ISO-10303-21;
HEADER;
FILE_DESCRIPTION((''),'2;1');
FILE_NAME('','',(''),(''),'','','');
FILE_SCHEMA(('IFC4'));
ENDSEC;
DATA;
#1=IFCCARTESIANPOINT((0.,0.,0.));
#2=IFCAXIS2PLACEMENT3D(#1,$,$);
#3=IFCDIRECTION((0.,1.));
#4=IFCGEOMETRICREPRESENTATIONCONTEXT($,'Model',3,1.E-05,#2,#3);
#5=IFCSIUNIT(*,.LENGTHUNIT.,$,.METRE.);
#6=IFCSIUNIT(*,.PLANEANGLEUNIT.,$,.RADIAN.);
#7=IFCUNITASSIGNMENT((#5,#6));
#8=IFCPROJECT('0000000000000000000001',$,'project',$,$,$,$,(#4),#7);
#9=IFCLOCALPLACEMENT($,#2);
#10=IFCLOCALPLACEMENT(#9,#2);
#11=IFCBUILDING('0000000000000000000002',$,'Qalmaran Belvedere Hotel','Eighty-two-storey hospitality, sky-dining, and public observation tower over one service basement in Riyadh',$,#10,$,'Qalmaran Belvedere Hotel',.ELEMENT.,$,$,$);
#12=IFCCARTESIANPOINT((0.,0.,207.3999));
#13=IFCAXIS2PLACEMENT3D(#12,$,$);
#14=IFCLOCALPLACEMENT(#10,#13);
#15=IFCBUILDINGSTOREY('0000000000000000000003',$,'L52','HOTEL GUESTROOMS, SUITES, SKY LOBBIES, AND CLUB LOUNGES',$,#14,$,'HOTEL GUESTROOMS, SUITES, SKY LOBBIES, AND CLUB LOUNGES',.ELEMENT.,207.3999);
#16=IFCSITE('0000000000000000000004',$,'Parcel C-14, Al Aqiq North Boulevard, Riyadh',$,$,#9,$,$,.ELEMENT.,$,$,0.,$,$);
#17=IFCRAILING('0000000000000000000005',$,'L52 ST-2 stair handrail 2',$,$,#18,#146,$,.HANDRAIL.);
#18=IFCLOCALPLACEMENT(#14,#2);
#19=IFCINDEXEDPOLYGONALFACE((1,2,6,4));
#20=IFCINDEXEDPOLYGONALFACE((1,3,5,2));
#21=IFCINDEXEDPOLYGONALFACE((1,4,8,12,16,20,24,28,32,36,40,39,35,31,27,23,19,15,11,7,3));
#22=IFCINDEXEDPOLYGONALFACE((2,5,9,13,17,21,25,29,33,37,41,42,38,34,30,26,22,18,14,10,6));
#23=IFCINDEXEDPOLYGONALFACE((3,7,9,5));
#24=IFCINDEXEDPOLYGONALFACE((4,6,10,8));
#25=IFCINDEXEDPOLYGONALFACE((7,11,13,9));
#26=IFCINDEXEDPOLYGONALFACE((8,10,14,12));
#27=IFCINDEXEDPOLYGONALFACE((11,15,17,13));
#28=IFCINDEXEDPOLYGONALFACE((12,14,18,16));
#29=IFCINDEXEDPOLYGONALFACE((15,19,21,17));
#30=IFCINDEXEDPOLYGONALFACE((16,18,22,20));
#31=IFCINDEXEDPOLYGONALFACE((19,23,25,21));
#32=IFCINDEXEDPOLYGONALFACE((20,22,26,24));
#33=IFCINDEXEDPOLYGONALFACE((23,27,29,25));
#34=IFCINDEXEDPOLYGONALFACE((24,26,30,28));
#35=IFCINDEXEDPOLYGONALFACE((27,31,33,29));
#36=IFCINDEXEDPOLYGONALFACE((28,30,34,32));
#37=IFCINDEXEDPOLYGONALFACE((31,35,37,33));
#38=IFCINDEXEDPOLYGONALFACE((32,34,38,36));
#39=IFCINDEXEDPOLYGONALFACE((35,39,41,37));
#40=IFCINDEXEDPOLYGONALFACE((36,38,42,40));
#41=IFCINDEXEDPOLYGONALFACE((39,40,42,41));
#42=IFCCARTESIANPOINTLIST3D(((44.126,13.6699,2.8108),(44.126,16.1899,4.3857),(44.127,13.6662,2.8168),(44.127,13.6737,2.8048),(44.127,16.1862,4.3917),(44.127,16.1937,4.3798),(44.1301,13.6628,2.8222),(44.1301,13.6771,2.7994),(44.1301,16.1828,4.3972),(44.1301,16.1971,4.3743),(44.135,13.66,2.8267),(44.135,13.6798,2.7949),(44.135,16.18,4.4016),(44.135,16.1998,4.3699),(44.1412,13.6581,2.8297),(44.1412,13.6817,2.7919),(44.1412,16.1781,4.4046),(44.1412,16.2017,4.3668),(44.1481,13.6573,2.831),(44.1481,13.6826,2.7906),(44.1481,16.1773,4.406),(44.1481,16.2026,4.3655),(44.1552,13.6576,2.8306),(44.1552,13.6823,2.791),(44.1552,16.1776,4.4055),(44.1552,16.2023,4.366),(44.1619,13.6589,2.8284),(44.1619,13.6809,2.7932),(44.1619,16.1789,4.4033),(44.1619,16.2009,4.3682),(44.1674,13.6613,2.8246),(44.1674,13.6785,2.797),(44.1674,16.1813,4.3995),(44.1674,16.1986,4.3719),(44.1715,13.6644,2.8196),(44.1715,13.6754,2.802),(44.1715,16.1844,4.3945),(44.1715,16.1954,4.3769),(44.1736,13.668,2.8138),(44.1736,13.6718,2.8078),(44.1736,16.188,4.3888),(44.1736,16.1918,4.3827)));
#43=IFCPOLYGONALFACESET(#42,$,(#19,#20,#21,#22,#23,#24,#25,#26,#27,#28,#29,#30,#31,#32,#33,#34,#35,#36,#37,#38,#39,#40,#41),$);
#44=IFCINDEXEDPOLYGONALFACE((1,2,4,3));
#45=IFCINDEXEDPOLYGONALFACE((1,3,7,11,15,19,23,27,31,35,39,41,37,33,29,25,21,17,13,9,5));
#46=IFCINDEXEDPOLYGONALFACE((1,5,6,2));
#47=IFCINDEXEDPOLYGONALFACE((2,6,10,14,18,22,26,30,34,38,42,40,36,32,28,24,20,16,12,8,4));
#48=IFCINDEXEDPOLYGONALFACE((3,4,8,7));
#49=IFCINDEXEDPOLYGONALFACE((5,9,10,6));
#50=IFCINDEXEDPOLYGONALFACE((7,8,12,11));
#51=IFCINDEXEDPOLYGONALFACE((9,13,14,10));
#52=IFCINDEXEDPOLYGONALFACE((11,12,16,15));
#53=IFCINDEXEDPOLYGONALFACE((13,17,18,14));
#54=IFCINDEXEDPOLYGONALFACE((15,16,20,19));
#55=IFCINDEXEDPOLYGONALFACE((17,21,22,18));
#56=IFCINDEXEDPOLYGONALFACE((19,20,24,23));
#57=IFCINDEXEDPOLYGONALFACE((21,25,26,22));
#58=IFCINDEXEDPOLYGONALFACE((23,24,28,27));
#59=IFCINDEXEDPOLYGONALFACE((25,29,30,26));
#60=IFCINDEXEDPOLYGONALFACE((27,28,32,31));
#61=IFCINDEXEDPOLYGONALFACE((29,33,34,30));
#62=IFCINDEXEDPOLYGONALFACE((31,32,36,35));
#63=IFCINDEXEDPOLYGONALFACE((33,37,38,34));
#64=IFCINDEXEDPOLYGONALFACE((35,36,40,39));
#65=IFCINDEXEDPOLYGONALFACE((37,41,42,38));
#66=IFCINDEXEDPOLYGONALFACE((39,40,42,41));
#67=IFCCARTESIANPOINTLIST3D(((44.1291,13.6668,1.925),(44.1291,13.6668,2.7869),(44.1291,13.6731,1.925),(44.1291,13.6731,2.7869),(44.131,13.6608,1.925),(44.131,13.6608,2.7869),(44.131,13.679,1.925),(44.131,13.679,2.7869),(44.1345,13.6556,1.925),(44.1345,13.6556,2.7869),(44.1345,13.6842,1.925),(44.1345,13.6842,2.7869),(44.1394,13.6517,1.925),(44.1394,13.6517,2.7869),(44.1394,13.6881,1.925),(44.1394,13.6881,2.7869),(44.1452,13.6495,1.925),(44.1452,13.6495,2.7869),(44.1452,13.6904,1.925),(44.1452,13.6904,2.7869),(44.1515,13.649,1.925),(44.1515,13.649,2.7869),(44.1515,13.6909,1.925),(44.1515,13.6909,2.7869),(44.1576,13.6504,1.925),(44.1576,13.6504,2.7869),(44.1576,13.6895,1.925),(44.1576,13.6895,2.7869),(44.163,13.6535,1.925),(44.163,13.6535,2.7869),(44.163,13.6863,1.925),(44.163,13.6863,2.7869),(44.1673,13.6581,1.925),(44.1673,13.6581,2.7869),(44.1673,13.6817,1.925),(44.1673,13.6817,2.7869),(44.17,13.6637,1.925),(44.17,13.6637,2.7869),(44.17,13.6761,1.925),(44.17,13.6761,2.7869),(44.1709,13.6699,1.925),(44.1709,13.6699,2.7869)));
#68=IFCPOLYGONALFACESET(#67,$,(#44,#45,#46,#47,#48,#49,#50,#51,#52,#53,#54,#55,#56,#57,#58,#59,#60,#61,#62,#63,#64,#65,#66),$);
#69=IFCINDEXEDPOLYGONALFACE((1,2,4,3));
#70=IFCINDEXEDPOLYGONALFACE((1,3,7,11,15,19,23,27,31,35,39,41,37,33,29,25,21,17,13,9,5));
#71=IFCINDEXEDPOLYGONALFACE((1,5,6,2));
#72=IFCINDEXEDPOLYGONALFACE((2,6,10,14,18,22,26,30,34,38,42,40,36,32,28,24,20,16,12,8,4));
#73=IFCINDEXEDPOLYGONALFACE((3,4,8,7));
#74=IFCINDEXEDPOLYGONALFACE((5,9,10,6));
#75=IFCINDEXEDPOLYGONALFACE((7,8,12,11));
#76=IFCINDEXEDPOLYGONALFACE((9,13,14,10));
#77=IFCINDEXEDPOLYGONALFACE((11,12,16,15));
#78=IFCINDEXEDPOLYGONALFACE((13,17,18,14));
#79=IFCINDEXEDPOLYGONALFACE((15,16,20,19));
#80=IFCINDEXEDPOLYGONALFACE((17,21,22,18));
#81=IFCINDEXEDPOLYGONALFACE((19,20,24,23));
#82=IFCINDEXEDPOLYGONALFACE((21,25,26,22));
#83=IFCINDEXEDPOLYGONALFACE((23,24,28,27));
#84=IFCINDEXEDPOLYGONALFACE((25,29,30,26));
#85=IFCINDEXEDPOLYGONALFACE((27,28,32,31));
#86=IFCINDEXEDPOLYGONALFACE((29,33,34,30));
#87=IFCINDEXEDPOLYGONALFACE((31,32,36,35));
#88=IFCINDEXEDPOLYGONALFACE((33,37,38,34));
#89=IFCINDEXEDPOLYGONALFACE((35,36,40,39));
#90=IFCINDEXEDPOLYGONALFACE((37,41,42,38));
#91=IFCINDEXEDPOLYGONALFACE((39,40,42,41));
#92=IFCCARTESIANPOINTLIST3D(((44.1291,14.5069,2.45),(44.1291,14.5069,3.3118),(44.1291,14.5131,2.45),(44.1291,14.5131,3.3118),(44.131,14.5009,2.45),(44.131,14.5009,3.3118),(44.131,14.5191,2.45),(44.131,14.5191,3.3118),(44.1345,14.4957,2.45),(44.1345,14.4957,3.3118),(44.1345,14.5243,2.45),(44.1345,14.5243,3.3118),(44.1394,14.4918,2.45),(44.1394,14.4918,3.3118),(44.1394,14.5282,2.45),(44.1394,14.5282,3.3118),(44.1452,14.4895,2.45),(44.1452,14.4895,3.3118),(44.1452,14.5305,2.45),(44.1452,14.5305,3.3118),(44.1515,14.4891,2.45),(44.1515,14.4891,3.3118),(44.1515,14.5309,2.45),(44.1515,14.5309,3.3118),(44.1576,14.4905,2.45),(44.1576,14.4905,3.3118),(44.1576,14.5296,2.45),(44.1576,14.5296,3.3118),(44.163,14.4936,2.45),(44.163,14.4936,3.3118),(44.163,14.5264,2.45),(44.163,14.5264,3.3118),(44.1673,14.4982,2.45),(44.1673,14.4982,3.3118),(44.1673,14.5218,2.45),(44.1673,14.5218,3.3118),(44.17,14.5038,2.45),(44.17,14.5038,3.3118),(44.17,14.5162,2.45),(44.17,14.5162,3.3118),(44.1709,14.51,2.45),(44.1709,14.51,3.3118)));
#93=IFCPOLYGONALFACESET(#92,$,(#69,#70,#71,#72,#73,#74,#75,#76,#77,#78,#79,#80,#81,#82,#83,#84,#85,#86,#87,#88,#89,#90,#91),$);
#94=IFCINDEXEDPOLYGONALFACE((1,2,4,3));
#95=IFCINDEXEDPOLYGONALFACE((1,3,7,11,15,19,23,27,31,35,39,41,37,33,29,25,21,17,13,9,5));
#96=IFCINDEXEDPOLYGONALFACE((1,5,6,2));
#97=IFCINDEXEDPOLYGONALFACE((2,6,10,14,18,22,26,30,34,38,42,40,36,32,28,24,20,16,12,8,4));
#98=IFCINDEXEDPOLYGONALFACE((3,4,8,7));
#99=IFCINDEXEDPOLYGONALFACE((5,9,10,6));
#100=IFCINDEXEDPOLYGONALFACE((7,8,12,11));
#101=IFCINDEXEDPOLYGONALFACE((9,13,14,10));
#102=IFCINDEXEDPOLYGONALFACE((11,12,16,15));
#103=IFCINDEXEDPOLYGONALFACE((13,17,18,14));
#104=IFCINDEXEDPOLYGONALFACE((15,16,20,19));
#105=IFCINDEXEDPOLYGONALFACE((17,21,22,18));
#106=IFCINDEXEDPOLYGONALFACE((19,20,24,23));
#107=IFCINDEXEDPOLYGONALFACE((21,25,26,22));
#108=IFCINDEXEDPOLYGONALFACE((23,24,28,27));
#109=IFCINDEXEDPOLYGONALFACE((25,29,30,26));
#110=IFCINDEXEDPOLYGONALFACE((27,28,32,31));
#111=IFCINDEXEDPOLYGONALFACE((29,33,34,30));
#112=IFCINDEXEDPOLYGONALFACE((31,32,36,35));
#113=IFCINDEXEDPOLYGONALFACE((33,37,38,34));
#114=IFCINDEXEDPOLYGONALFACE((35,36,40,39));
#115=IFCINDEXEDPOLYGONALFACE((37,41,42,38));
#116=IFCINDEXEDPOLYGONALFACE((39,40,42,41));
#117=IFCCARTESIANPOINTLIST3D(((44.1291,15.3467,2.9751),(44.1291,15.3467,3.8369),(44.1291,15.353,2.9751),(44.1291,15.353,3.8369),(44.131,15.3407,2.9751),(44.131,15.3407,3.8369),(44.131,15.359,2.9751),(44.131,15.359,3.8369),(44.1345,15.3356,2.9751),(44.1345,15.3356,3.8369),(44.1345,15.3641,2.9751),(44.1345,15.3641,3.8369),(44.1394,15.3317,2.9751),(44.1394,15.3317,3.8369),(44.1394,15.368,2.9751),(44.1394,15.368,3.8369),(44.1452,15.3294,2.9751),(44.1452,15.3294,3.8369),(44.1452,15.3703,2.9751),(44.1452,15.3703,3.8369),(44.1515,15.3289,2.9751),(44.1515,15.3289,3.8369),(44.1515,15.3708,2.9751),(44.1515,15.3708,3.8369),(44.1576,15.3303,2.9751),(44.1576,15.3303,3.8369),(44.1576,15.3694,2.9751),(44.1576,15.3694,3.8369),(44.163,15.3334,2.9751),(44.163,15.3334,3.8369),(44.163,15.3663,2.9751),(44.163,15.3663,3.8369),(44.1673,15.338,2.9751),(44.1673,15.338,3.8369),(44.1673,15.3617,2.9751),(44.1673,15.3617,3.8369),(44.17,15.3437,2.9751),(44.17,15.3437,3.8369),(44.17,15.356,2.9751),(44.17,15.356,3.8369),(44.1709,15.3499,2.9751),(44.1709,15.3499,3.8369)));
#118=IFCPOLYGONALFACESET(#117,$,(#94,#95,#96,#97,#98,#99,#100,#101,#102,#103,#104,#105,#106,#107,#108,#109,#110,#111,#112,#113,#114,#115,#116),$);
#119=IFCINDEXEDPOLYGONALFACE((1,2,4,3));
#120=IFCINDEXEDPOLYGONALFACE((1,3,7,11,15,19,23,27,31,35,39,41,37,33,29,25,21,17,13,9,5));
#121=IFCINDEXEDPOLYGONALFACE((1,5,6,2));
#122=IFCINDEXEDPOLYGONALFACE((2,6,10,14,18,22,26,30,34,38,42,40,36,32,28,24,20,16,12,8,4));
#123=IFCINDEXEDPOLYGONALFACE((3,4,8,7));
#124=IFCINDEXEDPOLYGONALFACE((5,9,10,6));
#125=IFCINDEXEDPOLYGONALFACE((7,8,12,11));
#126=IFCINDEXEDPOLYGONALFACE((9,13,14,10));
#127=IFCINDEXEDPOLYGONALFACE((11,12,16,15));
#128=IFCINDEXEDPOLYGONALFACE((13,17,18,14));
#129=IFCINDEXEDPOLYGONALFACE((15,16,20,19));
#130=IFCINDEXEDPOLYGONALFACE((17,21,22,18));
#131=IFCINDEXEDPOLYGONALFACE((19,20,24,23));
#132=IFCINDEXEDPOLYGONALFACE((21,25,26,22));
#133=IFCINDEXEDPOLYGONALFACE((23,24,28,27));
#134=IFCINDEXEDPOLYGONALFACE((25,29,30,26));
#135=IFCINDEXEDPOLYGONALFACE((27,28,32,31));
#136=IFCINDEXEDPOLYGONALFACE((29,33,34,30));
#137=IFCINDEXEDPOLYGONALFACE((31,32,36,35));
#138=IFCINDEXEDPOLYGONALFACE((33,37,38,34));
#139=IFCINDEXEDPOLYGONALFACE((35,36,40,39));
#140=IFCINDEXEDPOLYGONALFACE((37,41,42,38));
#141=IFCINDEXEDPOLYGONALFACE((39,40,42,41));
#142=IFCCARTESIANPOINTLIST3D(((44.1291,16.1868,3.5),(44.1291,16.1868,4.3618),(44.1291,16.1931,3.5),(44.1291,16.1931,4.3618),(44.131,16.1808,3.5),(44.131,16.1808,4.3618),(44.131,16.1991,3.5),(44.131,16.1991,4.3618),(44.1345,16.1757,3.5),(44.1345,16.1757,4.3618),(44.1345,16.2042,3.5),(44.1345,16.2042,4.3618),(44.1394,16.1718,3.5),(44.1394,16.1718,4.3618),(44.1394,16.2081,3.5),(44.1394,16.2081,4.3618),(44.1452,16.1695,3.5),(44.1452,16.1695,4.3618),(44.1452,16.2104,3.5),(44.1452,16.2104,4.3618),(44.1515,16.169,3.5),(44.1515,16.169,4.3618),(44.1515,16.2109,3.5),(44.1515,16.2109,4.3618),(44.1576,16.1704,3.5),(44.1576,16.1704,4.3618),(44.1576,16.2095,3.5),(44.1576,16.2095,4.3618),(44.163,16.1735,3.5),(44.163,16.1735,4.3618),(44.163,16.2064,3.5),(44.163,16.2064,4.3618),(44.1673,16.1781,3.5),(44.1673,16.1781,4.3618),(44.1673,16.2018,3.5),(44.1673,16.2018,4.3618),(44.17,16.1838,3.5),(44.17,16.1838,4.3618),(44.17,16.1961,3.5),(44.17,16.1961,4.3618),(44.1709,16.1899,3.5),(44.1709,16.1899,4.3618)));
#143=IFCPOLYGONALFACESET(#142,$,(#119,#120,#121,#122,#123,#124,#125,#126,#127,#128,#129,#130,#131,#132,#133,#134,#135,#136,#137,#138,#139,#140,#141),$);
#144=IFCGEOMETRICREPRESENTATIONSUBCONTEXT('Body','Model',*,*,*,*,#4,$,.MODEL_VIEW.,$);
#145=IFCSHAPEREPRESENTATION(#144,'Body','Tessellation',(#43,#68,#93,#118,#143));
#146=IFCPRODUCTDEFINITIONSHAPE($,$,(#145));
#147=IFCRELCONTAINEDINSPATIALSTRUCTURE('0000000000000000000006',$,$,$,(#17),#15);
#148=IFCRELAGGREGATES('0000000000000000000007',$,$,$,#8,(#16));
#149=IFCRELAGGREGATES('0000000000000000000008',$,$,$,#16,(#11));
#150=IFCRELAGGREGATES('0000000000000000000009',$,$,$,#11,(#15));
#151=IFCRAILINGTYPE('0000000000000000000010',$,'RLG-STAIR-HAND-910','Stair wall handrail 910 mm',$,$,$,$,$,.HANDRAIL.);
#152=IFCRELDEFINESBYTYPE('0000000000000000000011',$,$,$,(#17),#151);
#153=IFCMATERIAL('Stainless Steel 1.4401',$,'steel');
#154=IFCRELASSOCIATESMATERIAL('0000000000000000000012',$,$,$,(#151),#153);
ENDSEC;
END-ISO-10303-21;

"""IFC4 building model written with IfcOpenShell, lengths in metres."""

from ifc_helpers import new_model, si_unit, direction, frame, origin, origin_2d, place, context, subcontext, project, spatial, circle, extrude, material, type_object, element, save


model = new_model("IFC4")

# Units and contexts
model_context = context("Model", 3, precision=1e-05, world=origin(), true_north=direction((0.0, 1.0)))
body_context = subcontext(model_context, "Body", "Model", "MODEL_VIEW")
ifc_project = project(units=[si_unit("LENGTHUNIT", "METRE"), si_unit("PLANEANGLEUNIT", "RADIAN")], contexts=[model_context])

# Site, building, storey
site_placement = place(None, origin())
site = spatial("IfcSite", under=ifc_project, at=site_placement, Name="Parcel C-14, Al Aqiq North Boulevard, Riyadh", CompositionType="ELEMENT", RefElevation=0.0)
building_placement = place(site_placement, origin())
building = spatial("IfcBuilding", under=site, at=building_placement, Name="Qalmaran Belvedere Hotel", Description="Eighty-two-storey hospitality, sky-dining, and public observation tower over one service basement in Riyadh", LongName="Qalmaran Belvedere Hotel", CompositionType="ELEMENT")
storey_placement = place(building_placement, frame((0.0, 0.0, 207.3999)))
storey = spatial("IfcBuildingStorey", under=building, at=storey_placement, Name="L52", Description="HOTEL GUESTROOMS, SUITES, SKY LOBBIES, AND CLUB LOUNGES", LongName="HOTEL GUESTROOMS, SUITES, SKY LOBBIES, AND CLUB LOUNGES", CompositionType="ELEMENT", Elevation=207.3999)

# Railing
ifc_material_1 = material(Name="Stainless Steel 1.4401", Category="steel")
railing_type_1 = type_object("IfcRailingType", Name="RLG-STAIR-HAND-910", Description="Stair wall handrail 910 mm", PredefinedType="HANDRAIL", material=ifc_material_1)
railing_1_placement = place(storey_placement, frame((44.1499, 13.6699, 1.925)))
element("IfcRailing", 1, at=railing_1_placement, inside=storey, type_object=railing_type_1, Name="L52 ST-2 stair handrail 2", PredefinedType="HANDRAIL", context=body_context, shape_type="SweptSolid", body=[
    extrude(circle(Radius=0.0239, at=origin_2d()), frame((0.0, 0.0, 0.8857), z_axis=(0.0, 0.848008, 0.529984), x_axis=(-1.0, 0.0, 0.0)), (0.0, 0.0, 1.0), 2.9717),
    extrude(circle(Radius=0.021, at=origin_2d()), origin(), (0.0, 0.0, 1.0), 0.8618),
    extrude(circle(Radius=0.021, at=origin_2d()), frame((0.0, 0.8401, 0.5249)), (0.0, 0.0, 1.0), 0.8618),
    extrude(circle(Radius=0.021, at=origin_2d()), frame((0.0, 1.6799, 1.05)), (0.0, 0.0, 1.0), 0.8618),
    extrude(circle(Radius=0.021, at=origin_2d()), frame((0.0, 2.52, 1.575)), (0.0, 0.0, 1.0), 0.8618),
])

save(model, "model.ifc")
